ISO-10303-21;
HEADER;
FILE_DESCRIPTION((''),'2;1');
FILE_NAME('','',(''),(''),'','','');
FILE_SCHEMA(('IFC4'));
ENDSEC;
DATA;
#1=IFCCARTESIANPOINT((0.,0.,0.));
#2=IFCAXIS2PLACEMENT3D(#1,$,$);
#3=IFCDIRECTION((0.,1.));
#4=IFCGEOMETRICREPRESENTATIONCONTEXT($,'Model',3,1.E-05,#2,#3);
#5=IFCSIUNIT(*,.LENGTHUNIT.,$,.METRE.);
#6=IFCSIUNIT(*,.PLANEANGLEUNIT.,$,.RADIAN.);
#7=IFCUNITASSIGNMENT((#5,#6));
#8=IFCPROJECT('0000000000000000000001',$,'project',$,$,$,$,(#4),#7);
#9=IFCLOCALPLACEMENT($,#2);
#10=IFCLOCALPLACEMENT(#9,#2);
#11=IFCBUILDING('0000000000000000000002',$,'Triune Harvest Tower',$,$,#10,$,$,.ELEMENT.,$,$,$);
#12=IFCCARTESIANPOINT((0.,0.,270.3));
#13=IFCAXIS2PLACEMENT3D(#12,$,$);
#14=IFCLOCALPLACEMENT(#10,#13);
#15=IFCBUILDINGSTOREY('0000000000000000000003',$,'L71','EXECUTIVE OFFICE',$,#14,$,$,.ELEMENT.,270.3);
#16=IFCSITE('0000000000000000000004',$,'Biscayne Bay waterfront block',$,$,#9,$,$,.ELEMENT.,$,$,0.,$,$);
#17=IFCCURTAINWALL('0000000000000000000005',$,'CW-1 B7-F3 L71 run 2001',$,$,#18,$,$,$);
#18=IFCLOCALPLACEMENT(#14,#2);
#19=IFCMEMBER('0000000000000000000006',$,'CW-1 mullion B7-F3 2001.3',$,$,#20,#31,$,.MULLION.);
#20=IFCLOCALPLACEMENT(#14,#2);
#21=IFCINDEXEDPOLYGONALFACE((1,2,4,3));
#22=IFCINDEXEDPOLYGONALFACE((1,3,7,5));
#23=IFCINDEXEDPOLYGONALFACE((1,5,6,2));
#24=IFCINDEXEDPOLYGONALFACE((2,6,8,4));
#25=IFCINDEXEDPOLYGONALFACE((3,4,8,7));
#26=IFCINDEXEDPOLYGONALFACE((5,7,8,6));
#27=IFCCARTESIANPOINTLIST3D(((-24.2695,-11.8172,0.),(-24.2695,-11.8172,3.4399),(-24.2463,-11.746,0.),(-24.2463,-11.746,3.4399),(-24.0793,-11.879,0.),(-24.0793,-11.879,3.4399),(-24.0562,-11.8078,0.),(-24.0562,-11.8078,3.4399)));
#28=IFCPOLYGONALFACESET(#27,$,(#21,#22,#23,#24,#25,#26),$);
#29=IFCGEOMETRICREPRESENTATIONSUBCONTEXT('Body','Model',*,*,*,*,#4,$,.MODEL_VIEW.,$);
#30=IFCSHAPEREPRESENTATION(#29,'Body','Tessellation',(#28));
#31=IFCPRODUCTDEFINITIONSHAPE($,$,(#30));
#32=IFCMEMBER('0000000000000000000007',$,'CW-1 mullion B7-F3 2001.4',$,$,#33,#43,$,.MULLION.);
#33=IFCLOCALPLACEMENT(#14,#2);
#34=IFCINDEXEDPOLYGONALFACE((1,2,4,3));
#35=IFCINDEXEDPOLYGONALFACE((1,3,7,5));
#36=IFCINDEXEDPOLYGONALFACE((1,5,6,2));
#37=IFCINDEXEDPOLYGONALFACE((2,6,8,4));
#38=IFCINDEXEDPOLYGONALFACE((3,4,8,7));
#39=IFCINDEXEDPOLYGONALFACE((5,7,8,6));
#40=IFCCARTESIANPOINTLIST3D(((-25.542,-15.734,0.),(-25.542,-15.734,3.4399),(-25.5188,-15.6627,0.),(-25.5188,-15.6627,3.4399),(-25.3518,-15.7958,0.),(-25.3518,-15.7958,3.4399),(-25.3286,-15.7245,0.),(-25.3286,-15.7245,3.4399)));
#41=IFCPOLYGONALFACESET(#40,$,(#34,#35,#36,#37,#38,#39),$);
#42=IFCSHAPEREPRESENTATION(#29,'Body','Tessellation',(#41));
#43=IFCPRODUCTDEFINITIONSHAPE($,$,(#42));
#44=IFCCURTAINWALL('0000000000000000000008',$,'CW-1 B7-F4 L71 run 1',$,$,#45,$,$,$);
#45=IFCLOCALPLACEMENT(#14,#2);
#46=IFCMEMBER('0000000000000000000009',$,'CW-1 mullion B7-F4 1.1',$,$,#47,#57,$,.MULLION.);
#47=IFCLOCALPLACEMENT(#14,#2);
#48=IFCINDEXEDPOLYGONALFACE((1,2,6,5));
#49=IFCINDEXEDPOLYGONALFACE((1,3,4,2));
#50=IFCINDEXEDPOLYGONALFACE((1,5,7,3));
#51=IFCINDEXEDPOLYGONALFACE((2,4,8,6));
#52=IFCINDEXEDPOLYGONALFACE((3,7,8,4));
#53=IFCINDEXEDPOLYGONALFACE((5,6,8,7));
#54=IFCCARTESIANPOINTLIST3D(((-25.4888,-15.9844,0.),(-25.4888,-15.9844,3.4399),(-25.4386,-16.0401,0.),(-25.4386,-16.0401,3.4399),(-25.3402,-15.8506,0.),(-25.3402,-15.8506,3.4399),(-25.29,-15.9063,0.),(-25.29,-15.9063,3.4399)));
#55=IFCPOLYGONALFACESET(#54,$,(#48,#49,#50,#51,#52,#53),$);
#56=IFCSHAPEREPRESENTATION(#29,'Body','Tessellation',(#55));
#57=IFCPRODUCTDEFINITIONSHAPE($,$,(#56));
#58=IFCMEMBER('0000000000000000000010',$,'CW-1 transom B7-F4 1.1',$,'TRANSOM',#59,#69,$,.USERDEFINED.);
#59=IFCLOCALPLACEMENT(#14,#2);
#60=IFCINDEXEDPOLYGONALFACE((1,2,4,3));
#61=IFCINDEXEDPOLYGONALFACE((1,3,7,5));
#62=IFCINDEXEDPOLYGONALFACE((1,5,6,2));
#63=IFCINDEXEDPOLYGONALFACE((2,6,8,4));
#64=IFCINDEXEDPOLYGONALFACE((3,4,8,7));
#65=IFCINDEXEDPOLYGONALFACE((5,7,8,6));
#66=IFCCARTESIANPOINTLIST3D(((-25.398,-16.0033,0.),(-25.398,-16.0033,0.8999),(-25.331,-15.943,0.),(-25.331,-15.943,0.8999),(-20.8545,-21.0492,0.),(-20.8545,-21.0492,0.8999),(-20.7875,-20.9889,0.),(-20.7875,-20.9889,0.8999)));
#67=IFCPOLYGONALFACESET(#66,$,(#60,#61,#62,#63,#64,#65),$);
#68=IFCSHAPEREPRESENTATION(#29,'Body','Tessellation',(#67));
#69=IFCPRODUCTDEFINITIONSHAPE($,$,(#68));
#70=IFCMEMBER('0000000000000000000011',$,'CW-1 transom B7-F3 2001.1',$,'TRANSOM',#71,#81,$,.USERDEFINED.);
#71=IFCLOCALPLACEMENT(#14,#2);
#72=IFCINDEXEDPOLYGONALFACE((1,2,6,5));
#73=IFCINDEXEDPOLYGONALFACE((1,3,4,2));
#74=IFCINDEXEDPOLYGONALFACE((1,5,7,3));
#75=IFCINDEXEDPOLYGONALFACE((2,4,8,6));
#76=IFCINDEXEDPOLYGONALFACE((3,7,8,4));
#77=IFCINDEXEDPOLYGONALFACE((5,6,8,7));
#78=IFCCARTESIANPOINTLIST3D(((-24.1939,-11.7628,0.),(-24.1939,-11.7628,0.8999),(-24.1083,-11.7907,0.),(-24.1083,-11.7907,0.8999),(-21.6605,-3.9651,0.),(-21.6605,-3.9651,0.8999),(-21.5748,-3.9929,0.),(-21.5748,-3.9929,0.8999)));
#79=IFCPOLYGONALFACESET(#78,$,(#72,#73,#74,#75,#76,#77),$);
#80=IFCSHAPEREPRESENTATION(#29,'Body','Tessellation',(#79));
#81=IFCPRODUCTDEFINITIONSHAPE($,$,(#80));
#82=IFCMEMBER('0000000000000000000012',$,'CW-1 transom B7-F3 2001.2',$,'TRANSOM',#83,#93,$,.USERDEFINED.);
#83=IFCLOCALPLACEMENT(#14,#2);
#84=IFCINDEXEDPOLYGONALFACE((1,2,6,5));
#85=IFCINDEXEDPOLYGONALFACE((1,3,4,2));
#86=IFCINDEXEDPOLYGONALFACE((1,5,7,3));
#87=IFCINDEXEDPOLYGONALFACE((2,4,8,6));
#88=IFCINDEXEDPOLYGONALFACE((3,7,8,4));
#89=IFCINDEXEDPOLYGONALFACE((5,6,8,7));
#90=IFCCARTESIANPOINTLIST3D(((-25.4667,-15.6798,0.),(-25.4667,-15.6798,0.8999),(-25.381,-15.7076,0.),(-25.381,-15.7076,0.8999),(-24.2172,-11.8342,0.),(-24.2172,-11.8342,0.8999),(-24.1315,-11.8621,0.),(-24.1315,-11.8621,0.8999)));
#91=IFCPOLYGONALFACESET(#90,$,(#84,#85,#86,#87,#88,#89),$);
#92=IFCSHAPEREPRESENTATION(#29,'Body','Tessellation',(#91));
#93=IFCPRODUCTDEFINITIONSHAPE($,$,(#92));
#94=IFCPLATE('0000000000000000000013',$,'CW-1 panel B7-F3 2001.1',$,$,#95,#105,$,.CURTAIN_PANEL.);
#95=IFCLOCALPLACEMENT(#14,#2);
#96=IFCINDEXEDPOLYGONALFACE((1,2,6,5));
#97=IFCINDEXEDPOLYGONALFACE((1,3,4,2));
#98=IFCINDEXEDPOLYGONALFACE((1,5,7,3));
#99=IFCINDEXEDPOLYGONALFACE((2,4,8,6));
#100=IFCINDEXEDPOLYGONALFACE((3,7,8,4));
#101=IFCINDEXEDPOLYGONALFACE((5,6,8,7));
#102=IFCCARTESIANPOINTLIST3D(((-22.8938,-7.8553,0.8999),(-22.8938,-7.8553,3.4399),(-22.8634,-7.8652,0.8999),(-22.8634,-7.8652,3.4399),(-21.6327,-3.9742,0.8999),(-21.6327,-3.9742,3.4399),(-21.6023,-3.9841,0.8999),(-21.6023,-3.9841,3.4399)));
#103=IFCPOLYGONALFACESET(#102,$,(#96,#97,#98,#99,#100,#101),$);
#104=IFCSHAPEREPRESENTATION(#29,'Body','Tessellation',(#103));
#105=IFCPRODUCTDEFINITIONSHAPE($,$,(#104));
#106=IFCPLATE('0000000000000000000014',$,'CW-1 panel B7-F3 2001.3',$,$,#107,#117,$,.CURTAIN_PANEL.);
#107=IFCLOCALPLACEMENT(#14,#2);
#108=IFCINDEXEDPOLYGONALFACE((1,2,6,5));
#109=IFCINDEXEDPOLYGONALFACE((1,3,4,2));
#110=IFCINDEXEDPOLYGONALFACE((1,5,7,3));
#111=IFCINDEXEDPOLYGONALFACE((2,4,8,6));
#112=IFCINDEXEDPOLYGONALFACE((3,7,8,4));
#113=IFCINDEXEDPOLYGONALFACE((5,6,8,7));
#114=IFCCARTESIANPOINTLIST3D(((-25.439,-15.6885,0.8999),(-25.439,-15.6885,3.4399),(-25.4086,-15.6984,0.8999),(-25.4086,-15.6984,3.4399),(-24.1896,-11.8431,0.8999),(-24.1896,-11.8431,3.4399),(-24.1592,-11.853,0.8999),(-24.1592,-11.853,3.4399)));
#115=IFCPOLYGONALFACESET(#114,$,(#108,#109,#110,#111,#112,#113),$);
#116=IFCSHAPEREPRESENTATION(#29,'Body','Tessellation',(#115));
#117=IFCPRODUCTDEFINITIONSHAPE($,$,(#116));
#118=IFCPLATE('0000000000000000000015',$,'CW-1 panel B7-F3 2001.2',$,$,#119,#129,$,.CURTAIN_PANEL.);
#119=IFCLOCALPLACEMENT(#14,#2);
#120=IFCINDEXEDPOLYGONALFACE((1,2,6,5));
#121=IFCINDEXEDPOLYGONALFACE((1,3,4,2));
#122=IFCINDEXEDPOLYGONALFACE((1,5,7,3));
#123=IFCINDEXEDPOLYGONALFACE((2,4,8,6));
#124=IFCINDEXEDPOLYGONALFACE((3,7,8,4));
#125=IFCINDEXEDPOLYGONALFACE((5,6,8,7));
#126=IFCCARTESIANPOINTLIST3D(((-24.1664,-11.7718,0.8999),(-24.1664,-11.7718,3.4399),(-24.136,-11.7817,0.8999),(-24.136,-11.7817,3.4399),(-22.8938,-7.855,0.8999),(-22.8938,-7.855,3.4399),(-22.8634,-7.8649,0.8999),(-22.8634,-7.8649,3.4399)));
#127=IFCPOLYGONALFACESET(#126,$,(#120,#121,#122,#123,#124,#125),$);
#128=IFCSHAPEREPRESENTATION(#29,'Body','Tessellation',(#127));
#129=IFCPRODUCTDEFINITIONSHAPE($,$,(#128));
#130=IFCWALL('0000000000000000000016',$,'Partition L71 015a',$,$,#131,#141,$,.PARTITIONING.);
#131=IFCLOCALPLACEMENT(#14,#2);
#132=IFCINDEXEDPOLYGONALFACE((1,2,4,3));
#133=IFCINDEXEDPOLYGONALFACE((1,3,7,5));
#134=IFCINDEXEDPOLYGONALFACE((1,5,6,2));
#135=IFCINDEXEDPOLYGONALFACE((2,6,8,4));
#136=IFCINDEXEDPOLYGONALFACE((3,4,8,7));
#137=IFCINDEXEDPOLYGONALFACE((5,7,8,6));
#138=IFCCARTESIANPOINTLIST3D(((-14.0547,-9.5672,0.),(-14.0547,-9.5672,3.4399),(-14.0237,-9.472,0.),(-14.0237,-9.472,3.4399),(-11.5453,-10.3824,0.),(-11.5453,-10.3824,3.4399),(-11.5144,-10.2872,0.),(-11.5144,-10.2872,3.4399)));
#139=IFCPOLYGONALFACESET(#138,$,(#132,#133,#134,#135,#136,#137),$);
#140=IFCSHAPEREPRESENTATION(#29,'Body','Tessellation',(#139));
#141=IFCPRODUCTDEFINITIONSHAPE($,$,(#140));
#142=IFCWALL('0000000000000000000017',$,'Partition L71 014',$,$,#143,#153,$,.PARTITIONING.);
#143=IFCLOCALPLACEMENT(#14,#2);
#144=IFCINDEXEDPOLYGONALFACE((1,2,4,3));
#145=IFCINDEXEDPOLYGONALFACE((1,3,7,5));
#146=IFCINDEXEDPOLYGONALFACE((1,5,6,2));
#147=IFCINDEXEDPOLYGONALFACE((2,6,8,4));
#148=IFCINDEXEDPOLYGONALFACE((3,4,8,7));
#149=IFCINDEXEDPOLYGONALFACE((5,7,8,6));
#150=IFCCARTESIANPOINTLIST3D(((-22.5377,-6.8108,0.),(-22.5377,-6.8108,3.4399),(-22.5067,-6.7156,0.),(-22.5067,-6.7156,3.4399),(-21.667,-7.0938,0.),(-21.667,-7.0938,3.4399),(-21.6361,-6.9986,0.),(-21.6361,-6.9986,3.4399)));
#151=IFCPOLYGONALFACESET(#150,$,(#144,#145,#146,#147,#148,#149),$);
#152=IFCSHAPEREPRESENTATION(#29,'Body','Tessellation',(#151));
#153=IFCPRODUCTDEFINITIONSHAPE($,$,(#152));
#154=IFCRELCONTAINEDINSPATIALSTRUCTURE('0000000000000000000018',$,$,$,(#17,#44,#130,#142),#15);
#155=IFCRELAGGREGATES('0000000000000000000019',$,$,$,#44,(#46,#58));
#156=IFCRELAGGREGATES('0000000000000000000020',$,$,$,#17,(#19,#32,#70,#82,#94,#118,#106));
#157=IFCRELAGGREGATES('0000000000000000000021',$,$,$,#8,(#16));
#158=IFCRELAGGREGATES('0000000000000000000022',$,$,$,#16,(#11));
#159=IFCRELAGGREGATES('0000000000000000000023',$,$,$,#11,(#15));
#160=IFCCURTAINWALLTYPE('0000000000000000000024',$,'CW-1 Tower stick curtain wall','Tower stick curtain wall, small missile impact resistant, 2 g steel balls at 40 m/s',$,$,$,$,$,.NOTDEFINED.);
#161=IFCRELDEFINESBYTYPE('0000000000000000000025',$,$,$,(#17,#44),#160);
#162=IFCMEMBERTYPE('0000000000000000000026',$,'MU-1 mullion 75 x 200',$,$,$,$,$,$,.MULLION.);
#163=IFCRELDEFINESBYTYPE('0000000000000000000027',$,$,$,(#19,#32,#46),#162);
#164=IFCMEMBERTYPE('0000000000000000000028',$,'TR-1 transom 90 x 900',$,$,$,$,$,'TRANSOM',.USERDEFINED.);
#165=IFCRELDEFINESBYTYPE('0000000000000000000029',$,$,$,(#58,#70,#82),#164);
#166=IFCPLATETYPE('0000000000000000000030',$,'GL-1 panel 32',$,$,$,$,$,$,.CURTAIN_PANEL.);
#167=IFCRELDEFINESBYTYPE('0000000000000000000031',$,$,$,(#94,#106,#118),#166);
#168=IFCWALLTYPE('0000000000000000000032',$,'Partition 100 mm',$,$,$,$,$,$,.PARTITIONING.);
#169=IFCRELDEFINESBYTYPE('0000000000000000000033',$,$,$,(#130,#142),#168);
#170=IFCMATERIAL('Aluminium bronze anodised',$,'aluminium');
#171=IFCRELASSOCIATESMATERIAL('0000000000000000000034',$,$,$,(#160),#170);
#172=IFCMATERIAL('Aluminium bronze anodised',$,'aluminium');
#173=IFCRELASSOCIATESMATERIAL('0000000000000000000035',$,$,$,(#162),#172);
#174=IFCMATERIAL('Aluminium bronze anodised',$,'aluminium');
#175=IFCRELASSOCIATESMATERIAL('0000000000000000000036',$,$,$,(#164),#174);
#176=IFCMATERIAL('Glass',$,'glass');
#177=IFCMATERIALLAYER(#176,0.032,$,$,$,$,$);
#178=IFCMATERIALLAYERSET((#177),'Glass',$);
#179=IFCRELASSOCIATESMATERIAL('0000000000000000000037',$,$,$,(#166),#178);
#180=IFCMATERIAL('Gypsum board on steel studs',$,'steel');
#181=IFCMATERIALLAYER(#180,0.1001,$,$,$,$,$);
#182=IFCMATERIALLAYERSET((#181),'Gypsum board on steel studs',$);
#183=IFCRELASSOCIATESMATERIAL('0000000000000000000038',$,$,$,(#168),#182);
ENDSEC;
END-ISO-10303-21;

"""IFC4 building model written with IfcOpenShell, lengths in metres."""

from ifc_helpers import new_model, si_unit, direction, frame, frame_2d, origin, origin_2d, place, context, subcontext, project, spatial, rectangle, extrude, source, transform, mapped, material, layer, layer_set, material_profile, profile_set, type_object, element, aggregate, save


model = new_model("IFC4")

# Units and contexts
model_context = context("Model", 3, precision=1e-05, world=origin(), true_north=direction((0.0, 1.0)))
body_context = subcontext(model_context, "Body", "Model", "MODEL_VIEW")
ifc_project = project(units=[si_unit("LENGTHUNIT", "METRE"), si_unit("PLANEANGLEUNIT", "RADIAN")], contexts=[model_context])

# Site, building, storey
site_placement = place(None, origin())
site = spatial("IfcSite", under=ifc_project, at=site_placement, Name="Biscayne Bay waterfront block", CompositionType="ELEMENT", RefElevation=0.0)
building_placement = place(site_placement, origin())
building = spatial("IfcBuilding", under=site, at=building_placement, Name="Triune Harvest Tower", CompositionType="ELEMENT")
storey_placement = place(building_placement, frame((0.0, 0.0, 270.3)))
storey = spatial("IfcBuildingStorey", under=building, at=storey_placement, Name="L71", Description="EXECUTIVE OFFICE", CompositionType="ELEMENT", Elevation=270.3)

# Curtain walls, members
ifc_material_1 = material(Name="Aluminium bronze anodised", Category="aluminium")
curtain_wall_type = type_object("IfcCurtainWallType", Name="CW-1 Tower stick curtain wall", Description="Tower stick curtain wall, small missile impact resistant, 2 g steel balls at 40 m/s", PredefinedType="NOTDEFINED", material=ifc_material_1)
curtain_wall_1_placement = place(storey_placement, origin())
curtain_wall_1 = element("IfcCurtainWall", 1, at=curtain_wall_1_placement, inside=storey, type_object=curtain_wall_type, Name="CW-1 B7-F3 L71 run 2001")
ifc_material_2 = material(Name="Aluminium bronze anodised", Category="aluminium")
ifc_material_profile_1 = material_profile(ifc_material_2, rectangle(XDim=0.2, YDim=0.075, at=origin_2d()), Name="MU-1 mullion 75 x 200")
ifc_profile_set_1 = profile_set([ifc_material_profile_1], Name="Aluminium bronze anodised")
member_type_1 = type_object("IfcMemberType", Name="MU-1 mullion 75 x 200", PredefinedType="MULLION", material=ifc_profile_set_1)
shared_shape_1 = source(origin(), body_context, "Body", "SweptSolid", [
    extrude(rectangle(XDim=0.2, YDim=0.075, at=origin_2d()), origin(), (0.0, 0.0, 1.0), 3.4399),
])
member_1_placement = place(storey_placement, frame((-24.1628, -11.8125, 0.0), z_axis=(0.0, 0.0, 1.0), x_axis=(0.951058, -0.309013, 0.0)))
member_1 = element("IfcMember", 2, at=member_1_placement, type_object=member_type_1, Name="CW-1 mullion B7-F3 2001.3", PredefinedType="MULLION", context=body_context, shape_type="MappedRepresentation", body=[
    mapped(shared_shape_1, transform((0.0, 0.0, 0.0), scale=1.0)),
])
member_2_placement = place(storey_placement, frame((-25.4353, -15.7292, 0.0), z_axis=(0.0, 0.0, 1.0), x_axis=(0.951058, -0.309013, 0.0)))
member_2 = element("IfcMember", 3, at=member_2_placement, type_object=member_type_1, Name="CW-1 mullion B7-F3 2001.4", PredefinedType="MULLION", context=body_context, shape_type="MappedRepresentation", body=[
    mapped(shared_shape_1, transform((0.0, 0.0, 0.0), scale=1.0)),
])
curtain_wall_2_placement = place(storey_placement, origin())
curtain_wall_2 = element("IfcCurtainWall", 4, at=curtain_wall_2_placement, inside=storey, type_object=curtain_wall_type, Name="CW-1 B7-F4 L71 run 1")
member_3_placement = place(storey_placement, frame((-25.3894, -15.9453, 0.0), z_axis=(0.0, 0.0, 1.0), x_axis=(0.743144, 0.669132, 0.0)))
member_3 = element("IfcMember", 5, at=member_3_placement, type_object=member_type_1, Name="CW-1 mullion B7-F4 1.1", PredefinedType="MULLION", context=body_context, shape_type="MappedRepresentation", body=[
    mapped(shared_shape_1, transform((0.0, 0.0, 0.0), scale=1.0)),
])
ifc_material_3 = material(Name="Aluminium bronze anodised", Category="aluminium")
ifc_material_profile_2 = material_profile(ifc_material_3, rectangle(XDim=0.0901, YDim=0.8999, at=origin_2d()), Name="TR-1 transom 90 x 900")
ifc_profile_set_2 = profile_set([ifc_material_profile_2], Name="Aluminium bronze anodised")
member_type_2 = type_object("IfcMemberType", Name="TR-1 transom 90 x 900", ElementType="TRANSOM", PredefinedType="USERDEFINED", material=ifc_profile_set_2)
shared_shape_2 = source(origin(), body_context, "Body", "SweptSolid", [
    extrude(rectangle(XDim=0.0901, YDim=0.8999, at=origin_2d()), origin(), (0.0, 0.0, 1.0), 6.79),
])
member_4_placement = place(storey_placement, frame((-25.3645, -15.9731, 0.45), z_axis=(0.66914, -0.743137, 0.0), x_axis=(0.743137, 0.66914, 0.0)))
member_4 = element("IfcMember", 6, at=member_4_placement, type_object=member_type_2, Name="CW-1 transom B7-F4 1.1", ObjectType="TRANSOM", PredefinedType="USERDEFINED", context=body_context, shape_type="MappedRepresentation", body=[
    mapped(shared_shape_2, transform((0.0, 0.0, 0.0), scale=1.0)),
])
aggregate(curtain_wall_2, [member_3, member_4])

# Members
shared_shape_3 = source(origin(), body_context, "Body", "SweptSolid", [
    extrude(rectangle(XDim=0.0901, YDim=0.8999, at=origin_2d()), origin(), (0.0, 0.0, 1.0), 8.199),
])
member_5_placement = place(storey_placement, frame((-21.6177, -3.979, 0.45), z_axis=(-0.308992, -0.951065, 0.0), x_axis=(0.951065, -0.308992, 0.0)))
member_5 = element("IfcMember", 7, at=member_5_placement, type_object=member_type_2, Name="CW-1 transom B7-F3 2001.1", ObjectType="TRANSOM", PredefinedType="USERDEFINED", context=body_context, shape_type="MappedRepresentation", body=[
    mapped(shared_shape_3, transform((0.0, 0.0, 0.0), scale=1.0)),
])
shared_shape_4 = source(origin(), body_context, "Body", "SweptSolid", [
    extrude(rectangle(XDim=0.0901, YDim=0.8999, at=origin_2d()), origin(), (0.0, 0.0, 1.0), 4.0435),
])
member_6_placement = place(storey_placement, frame((-24.1743, -11.8481, 0.45), z_axis=(-0.309027, -0.951053, 0.0), x_axis=(0.951053, -0.309027, 0.0)))
member_6 = element("IfcMember", 8, at=member_6_placement, type_object=member_type_2, Name="CW-1 transom B7-F3 2001.2", ObjectType="TRANSOM", PredefinedType="USERDEFINED", context=body_context, shape_type="MappedRepresentation", body=[
    mapped(shared_shape_4, transform((0.0, 0.0, 0.0), scale=1.0)),
])

# Plates
ifc_material_4 = material(Name="Glass", Category="glass")
ifc_layer_1 = layer(ifc_material_4, 0.032)
ifc_layer_set_1 = layer_set([ifc_layer_1], Name="Glass")
plate_type = type_object("IfcPlateType", Name="GL-1 panel 32", PredefinedType="CURTAIN_PANEL", material=ifc_layer_set_1)
shared_shape_5 = source(origin(), body_context, "Body", "SweptSolid", [
    extrude(rectangle(XDim=4.0808, YDim=0.032, at=origin_2d()), origin(), (0.0, 0.0, 1.0), 2.54),
])
plate_1_placement = place(storey_placement, frame((-22.248, -5.9197, 0.8999), z_axis=(0.0, 0.0, 1.0), x_axis=(-0.309013, -0.951058, 0.0)))
plate_1 = element("IfcPlate", 9, at=plate_1_placement, type_object=plate_type, Name="CW-1 panel B7-F3 2001.1", PredefinedType="CURTAIN_PANEL", context=body_context, shape_type="MappedRepresentation", body=[
    mapped(shared_shape_5, transform((0.0, 0.0, 0.0), scale=1.0)),
])
shared_shape_6 = source(origin(), body_context, "Body", "SweptSolid", [
    extrude(rectangle(XDim=4.0432, YDim=0.032, at=origin_2d()), origin(), (0.0, 0.0, 1.0), 2.54),
])
plate_2_placement = place(storey_placement, frame((-24.7991, -13.7708, 0.8999), z_axis=(0.0, 0.0, 1.0), x_axis=(-0.309013, -0.951058, 0.0)))
plate_2 = element("IfcPlate", 10, at=plate_2_placement, type_object=plate_type, Name="CW-1 panel B7-F3 2001.3", PredefinedType="CURTAIN_PANEL", context=body_context, shape_type="MappedRepresentation", body=[
    mapped(shared_shape_6, transform((0.0, 0.0, 0.0), scale=1.0)),
])
shared_shape_7 = source(origin(), body_context, "Body", "SweptSolid", [
    extrude(rectangle(XDim=4.1184, YDim=0.032, at=origin_2d()), origin(), (0.0, 0.0, 1.0), 2.54),
])
plate_3_placement = place(storey_placement, frame((-23.5149, -9.8184, 0.8999), z_axis=(0.0, 0.0, 1.0), x_axis=(-0.309013, -0.951058, 0.0)))
plate_3 = element("IfcPlate", 11, at=plate_3_placement, type_object=plate_type, Name="CW-1 panel B7-F3 2001.2", PredefinedType="CURTAIN_PANEL", context=body_context, shape_type="MappedRepresentation", body=[
    mapped(shared_shape_7, transform((0.0, 0.0, 0.0), scale=1.0)),
])
aggregate(curtain_wall_1, [member_1, member_2, member_5, member_6, plate_1, plate_3, plate_2])

# Walls
ifc_material_5 = material(Name="Gypsum board on steel studs", Category="steel")
ifc_layer_2 = layer(ifc_material_5, 0.1001)
ifc_layer_set_2 = layer_set([ifc_layer_2], Name="Gypsum board on steel studs")
wall_type = type_object("IfcWallType", Name="Partition 100 mm", PredefinedType="PARTITIONING", material=ifc_layer_set_2)
wall_1_placement = place(storey_placement, frame((-14.0393, -9.5195, 0.0), z_axis=(0.0, 0.0, 1.0), x_axis=(0.951071, -0.308973, 0.0)))
element("IfcWall", 12, at=wall_1_placement, inside=storey, type_object=wall_type, Name="Partition L71 015a", PredefinedType="PARTITIONING", context=body_context, shape_type="SweptSolid", body=[
    extrude(rectangle(XDim=2.6384, YDim=0.1001, at=frame_2d((1.3193, 0.0))), origin(), (0.0, 0.0, 1.0), 3.4399),
])
shared_shape_8 = source(origin(), body_context, "Body", "SweptSolid", [
    extrude(rectangle(XDim=0.9155, YDim=0.1001, at=frame_2d((0.4578, 0.0))), origin(), (0.0, 0.0, 1.0), 3.4399),
])
wall_2_placement = place(storey_placement, frame((-22.5222, -6.7632, 0.0), z_axis=(0.0, 0.0, 1.0), x_axis=(0.95103, -0.309098, 0.0)))
element("IfcWall", 13, at=wall_2_placement, inside=storey, type_object=wall_type, Name="Partition L71 014", PredefinedType="PARTITIONING", context=body_context, shape_type="MappedRepresentation", body=[
    mapped(shared_shape_8, transform((0.0, 0.0, 0.0), scale=1.0)),
])

save(model, "model.ifc")
